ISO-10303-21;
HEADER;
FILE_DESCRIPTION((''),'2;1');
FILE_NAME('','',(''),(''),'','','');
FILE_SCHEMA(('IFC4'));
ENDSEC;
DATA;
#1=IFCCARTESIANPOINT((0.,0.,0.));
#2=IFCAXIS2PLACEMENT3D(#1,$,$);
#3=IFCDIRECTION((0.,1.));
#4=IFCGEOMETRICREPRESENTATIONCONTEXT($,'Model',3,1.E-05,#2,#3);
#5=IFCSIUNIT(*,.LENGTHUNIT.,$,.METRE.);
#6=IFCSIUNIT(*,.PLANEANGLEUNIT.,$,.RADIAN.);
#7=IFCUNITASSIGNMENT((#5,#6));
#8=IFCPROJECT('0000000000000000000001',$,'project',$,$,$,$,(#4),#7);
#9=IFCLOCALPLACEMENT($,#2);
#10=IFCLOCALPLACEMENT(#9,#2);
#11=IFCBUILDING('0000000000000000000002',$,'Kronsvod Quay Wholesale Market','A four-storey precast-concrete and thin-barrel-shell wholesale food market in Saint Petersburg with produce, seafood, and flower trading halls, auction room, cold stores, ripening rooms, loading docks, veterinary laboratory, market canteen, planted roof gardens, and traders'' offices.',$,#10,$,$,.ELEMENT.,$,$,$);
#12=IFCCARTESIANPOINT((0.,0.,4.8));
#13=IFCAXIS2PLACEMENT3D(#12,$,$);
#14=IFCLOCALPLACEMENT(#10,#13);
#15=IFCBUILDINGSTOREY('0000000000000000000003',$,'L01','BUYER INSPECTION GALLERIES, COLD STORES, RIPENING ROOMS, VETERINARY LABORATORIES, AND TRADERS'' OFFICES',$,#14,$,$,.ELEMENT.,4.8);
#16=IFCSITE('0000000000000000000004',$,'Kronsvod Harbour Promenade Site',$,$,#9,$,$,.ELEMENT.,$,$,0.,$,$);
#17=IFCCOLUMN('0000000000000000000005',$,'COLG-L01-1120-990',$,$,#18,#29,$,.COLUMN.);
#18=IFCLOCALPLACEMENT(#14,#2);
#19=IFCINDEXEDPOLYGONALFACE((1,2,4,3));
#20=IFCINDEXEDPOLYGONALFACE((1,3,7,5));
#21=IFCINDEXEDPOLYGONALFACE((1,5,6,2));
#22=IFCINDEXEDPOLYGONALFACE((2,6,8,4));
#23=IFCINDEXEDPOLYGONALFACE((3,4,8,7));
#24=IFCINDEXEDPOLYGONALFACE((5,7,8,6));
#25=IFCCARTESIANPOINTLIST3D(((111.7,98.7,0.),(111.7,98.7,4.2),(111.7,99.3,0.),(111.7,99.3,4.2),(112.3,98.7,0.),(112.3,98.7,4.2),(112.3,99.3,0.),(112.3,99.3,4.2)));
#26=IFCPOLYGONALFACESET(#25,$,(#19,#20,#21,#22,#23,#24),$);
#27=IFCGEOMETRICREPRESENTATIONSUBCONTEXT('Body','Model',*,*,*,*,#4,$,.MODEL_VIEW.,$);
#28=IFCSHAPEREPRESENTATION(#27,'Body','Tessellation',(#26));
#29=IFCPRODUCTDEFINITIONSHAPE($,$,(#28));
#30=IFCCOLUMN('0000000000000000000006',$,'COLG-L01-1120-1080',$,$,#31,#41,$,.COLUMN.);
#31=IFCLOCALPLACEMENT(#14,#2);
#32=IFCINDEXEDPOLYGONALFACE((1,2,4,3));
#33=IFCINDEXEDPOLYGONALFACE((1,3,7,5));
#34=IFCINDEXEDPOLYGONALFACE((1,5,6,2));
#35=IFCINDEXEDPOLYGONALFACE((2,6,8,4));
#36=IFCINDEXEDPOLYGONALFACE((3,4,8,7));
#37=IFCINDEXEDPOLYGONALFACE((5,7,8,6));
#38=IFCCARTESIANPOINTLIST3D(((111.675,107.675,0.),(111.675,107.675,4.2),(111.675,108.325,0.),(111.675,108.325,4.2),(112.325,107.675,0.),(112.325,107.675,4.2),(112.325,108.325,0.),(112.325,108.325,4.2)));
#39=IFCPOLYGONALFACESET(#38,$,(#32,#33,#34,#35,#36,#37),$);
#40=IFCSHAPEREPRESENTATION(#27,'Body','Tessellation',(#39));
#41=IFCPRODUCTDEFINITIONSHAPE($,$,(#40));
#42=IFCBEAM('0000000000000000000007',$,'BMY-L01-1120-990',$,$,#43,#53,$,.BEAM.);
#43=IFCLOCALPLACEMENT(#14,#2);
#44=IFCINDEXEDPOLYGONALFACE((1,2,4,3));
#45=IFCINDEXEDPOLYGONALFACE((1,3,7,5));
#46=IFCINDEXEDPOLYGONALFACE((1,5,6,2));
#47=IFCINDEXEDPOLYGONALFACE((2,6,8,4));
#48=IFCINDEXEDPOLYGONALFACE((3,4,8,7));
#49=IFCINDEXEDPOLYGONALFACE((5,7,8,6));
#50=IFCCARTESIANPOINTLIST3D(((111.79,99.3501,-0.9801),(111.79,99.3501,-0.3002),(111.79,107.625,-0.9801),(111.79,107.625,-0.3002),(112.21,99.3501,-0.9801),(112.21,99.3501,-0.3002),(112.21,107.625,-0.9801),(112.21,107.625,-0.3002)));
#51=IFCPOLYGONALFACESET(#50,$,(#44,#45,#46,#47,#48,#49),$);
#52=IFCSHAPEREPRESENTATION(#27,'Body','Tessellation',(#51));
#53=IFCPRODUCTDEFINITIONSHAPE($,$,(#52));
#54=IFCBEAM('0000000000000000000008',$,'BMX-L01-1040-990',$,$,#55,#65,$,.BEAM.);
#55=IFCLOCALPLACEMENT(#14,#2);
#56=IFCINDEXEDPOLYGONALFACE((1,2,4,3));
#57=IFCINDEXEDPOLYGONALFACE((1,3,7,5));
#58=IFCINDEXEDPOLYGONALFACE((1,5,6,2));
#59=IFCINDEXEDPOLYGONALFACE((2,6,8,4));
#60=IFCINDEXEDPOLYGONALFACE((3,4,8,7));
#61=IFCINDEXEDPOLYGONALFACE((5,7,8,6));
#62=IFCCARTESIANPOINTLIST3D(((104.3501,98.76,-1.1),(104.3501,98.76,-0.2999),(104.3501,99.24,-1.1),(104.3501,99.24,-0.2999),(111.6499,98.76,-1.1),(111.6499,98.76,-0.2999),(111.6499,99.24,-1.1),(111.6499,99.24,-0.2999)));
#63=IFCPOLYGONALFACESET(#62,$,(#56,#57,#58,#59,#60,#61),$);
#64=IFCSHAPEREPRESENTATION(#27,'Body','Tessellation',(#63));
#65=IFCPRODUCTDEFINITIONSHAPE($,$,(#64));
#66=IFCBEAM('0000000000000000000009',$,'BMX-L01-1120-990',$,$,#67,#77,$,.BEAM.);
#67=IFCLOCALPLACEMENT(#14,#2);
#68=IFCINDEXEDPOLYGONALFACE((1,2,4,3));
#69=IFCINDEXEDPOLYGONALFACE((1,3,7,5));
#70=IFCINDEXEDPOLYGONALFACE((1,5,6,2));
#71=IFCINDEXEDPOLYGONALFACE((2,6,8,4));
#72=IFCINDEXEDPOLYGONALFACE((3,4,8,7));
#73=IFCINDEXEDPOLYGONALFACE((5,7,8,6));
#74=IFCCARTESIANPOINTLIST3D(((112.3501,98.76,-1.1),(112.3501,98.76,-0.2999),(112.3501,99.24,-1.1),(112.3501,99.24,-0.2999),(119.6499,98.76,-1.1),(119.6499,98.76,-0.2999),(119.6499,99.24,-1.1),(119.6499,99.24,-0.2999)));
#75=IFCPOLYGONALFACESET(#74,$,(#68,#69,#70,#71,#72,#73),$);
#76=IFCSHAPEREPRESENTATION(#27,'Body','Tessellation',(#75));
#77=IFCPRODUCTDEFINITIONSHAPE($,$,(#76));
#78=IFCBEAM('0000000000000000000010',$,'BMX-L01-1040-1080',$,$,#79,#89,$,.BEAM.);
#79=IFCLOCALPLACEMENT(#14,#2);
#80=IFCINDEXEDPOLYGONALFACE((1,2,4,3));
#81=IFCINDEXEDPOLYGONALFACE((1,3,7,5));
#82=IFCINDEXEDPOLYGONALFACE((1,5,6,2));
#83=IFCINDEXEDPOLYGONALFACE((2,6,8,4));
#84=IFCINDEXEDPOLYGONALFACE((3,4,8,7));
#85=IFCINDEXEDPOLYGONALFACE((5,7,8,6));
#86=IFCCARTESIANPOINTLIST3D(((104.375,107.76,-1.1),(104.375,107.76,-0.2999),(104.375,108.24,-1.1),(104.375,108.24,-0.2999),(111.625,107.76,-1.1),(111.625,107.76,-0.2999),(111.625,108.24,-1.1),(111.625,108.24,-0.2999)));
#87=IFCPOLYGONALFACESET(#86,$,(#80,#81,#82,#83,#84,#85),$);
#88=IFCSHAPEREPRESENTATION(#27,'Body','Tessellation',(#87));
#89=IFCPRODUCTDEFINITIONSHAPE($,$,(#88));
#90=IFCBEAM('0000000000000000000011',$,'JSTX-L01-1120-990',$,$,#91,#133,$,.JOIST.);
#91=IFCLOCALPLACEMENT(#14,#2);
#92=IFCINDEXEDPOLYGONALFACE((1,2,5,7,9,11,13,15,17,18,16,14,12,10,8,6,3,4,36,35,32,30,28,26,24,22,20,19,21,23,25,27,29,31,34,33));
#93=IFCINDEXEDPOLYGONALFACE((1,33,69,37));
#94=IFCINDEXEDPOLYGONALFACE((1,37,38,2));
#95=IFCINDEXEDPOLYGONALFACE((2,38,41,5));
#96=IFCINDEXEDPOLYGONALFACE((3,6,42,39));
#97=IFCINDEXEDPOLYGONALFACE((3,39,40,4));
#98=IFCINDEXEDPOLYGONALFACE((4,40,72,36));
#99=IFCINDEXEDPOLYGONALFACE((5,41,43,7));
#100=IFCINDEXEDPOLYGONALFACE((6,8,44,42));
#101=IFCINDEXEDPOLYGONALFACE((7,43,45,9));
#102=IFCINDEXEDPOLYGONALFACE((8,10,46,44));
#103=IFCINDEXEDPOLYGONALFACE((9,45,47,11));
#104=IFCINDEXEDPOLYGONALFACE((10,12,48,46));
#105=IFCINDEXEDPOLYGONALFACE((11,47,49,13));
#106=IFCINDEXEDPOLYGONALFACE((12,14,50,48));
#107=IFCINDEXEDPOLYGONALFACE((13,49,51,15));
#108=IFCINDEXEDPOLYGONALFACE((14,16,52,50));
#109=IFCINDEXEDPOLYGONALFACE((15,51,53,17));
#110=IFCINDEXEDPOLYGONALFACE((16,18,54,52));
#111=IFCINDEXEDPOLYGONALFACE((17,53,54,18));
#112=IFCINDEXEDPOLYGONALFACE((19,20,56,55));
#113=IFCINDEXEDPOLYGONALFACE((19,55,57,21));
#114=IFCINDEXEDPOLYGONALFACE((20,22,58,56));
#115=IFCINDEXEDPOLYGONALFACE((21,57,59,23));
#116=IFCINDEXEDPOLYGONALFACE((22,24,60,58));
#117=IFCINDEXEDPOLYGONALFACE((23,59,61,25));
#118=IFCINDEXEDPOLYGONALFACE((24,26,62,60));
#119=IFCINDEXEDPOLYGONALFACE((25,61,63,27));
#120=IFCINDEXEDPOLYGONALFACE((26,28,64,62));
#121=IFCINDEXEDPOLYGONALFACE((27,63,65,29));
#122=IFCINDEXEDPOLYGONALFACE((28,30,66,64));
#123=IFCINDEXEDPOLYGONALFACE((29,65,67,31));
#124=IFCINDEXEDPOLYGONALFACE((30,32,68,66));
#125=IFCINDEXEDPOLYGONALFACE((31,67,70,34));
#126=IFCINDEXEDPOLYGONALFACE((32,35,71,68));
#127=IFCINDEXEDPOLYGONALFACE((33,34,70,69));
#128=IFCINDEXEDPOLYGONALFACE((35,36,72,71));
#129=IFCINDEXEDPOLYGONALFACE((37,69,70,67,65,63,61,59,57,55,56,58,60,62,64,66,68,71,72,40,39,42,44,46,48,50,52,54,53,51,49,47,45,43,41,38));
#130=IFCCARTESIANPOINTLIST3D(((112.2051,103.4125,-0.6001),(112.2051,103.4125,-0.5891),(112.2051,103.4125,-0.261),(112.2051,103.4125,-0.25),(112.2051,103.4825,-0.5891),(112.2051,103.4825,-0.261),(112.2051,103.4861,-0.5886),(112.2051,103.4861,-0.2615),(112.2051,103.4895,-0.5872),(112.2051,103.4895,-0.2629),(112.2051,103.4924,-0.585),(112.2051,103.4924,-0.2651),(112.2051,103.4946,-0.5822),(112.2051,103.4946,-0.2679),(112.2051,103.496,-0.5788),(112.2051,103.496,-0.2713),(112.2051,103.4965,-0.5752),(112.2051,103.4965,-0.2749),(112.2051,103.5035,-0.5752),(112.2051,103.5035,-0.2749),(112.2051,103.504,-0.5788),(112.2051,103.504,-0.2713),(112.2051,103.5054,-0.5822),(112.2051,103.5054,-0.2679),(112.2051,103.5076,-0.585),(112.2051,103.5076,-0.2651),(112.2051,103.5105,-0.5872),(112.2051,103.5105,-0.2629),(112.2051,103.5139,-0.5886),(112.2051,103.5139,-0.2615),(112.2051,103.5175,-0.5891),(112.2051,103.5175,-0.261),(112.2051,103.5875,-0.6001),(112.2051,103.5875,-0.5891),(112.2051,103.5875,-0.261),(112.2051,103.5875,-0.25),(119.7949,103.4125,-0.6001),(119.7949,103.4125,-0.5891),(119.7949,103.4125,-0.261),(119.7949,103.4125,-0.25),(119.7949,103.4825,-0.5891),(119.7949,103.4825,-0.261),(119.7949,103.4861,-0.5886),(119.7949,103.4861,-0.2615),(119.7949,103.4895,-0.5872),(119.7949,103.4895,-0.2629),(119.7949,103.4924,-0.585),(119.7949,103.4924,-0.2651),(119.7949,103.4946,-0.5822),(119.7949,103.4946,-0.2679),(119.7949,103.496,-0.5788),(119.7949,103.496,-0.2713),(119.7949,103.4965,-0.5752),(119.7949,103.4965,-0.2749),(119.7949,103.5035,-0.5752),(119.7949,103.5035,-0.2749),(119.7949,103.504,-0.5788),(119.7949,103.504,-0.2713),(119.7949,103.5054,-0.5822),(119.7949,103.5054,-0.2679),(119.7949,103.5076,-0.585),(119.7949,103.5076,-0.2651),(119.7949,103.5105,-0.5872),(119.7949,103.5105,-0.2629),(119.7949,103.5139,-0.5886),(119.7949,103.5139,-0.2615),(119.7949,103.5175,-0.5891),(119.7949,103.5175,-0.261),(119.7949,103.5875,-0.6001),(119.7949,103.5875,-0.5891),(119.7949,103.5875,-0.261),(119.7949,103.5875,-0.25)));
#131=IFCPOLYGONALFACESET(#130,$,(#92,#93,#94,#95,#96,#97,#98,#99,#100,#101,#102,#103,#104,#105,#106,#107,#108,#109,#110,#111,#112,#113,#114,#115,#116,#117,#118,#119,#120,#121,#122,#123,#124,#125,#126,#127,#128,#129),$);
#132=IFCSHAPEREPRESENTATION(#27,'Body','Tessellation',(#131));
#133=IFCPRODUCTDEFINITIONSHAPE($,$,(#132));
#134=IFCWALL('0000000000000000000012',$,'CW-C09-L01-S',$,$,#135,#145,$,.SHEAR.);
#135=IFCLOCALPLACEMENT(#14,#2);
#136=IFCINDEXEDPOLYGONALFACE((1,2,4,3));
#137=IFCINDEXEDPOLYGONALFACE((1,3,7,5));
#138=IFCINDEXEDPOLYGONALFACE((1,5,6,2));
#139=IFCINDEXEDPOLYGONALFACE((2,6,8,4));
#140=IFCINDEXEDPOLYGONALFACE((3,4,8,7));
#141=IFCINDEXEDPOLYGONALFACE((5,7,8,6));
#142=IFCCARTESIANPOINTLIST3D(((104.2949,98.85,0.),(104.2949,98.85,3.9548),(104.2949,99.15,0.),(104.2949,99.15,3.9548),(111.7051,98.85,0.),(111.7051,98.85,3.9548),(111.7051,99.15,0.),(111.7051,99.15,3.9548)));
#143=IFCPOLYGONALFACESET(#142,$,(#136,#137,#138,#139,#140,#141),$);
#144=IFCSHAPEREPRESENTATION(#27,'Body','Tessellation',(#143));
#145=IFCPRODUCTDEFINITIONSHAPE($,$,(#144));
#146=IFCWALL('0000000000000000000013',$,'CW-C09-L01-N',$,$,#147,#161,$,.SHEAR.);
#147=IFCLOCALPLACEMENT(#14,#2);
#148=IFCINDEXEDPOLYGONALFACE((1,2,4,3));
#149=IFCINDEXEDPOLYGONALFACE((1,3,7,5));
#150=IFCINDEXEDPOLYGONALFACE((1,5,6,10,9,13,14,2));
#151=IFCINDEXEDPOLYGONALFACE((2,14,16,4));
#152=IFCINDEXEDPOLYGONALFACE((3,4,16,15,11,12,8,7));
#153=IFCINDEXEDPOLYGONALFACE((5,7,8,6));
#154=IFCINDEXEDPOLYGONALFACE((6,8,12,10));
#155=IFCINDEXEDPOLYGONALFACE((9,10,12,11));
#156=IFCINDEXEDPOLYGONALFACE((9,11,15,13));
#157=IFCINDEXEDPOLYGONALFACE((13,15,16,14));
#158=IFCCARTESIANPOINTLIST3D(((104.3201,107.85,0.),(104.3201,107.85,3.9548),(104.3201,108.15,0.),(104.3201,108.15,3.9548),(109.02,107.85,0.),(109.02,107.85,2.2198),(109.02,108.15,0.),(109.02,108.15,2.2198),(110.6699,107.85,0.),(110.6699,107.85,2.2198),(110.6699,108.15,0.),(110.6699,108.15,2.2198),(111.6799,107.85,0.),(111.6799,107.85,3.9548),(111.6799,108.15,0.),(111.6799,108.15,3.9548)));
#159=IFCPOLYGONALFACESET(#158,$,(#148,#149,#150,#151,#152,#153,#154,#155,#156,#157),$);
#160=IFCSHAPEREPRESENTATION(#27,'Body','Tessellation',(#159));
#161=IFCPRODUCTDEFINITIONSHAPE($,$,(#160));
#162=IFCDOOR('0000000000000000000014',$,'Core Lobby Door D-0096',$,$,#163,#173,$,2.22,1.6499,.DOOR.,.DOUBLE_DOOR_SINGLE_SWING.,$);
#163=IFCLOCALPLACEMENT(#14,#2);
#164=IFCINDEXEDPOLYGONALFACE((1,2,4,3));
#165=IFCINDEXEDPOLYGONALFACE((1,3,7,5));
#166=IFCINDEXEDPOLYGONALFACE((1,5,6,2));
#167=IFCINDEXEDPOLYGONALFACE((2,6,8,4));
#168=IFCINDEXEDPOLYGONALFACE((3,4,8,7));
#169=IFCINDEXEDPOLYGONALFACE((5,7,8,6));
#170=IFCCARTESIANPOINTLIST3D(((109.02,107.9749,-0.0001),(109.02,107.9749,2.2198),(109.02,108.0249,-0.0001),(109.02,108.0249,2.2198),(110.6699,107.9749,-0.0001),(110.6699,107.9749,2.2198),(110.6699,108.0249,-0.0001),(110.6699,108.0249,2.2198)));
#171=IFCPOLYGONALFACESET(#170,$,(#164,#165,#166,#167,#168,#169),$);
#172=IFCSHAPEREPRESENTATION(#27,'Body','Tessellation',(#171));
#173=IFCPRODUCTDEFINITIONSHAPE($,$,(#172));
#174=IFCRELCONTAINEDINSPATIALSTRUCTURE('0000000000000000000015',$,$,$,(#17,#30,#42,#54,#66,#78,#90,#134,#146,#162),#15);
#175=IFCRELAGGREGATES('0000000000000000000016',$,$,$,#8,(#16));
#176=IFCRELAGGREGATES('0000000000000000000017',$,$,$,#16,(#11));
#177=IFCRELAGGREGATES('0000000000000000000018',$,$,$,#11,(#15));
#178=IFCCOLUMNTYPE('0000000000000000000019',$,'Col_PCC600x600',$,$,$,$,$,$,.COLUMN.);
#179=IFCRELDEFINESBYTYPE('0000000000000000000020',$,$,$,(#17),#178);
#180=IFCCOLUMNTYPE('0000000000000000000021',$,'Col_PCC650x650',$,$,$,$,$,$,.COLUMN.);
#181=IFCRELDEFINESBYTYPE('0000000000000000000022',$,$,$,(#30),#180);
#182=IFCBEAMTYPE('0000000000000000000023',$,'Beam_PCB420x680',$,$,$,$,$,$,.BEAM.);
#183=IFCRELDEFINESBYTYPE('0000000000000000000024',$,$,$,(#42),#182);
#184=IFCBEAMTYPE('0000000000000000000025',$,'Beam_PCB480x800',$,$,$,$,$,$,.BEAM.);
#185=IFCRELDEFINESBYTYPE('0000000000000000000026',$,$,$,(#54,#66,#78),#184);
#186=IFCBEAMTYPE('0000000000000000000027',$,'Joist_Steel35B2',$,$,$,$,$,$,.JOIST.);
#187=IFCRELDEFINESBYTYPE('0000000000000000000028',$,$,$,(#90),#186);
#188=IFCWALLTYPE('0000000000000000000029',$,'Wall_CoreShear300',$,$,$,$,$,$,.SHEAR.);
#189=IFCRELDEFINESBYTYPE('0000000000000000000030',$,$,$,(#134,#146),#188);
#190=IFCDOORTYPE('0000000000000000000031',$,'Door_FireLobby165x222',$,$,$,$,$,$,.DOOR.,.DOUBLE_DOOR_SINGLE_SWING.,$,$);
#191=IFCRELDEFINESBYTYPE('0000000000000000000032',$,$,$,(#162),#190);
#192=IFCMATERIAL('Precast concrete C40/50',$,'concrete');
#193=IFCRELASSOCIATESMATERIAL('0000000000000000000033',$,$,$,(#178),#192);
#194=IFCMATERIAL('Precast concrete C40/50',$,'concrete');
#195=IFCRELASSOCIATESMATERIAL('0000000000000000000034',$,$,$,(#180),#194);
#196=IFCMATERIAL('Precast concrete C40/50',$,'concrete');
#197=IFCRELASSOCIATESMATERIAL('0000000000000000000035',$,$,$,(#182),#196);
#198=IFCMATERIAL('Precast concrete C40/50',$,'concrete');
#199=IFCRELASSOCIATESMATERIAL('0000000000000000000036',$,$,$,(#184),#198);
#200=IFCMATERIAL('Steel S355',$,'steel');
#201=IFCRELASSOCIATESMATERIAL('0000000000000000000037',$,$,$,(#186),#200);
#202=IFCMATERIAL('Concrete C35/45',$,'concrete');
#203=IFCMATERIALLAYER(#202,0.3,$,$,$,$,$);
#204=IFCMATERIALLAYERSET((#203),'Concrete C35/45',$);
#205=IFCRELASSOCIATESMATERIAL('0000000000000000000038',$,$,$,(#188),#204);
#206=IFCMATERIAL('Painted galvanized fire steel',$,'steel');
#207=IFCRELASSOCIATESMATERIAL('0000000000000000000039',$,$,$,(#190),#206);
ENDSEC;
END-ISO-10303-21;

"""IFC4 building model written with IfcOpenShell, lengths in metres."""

from ifc_helpers import new_model, si_unit, direction, frame, frame_2d, origin, origin_2d, place, context, subcontext, project, spatial, rectangle, i_section, extrude, material, layer, layer_set, material_profile, profile_set, type_object, element, fill, save


model = new_model("IFC4")

# Units and contexts
model_context = context("Model", 3, precision=1e-05, world=origin(), true_north=direction((0.0, 1.0)))
body_context = subcontext(model_context, "Body", "Model", "MODEL_VIEW")
ifc_project = project(units=[si_unit("LENGTHUNIT", "METRE"), si_unit("PLANEANGLEUNIT", "RADIAN")], contexts=[model_context])

# Site, building, storey
site_placement = place(None, origin())
site = spatial("IfcSite", under=ifc_project, at=site_placement, Name="Kronsvod Harbour Promenade Site", CompositionType="ELEMENT", RefElevation=0.0)
building_placement = place(site_placement, origin())
building = spatial("IfcBuilding", under=site, at=building_placement, Name="Kronsvod Quay Wholesale Market", Description="A four-storey precast-concrete and thin-barrel-shell wholesale food market in Saint Petersburg with produce, seafood, and flower trading halls, auction room, cold stores, ripening rooms, loading docks, veterinary laboratory, market canteen, planted roof gardens, and traders' offices.", CompositionType="ELEMENT")
storey_placement = place(building_placement, frame((0.0, 0.0, 4.8)))
storey = spatial("IfcBuildingStorey", under=building, at=storey_placement, Name="L01", Description="BUYER INSPECTION GALLERIES, COLD STORES, RIPENING ROOMS, VETERINARY LABORATORIES, AND TRADERS' OFFICES", CompositionType="ELEMENT", Elevation=4.8)

# Columns
ifc_material_1 = material(Name="Precast concrete C40/50", Category="concrete")
ifc_material_profile_1 = material_profile(ifc_material_1, rectangle(XDim=0.6001, YDim=0.6001, at=origin_2d()), Name="PCC600x600")
ifc_profile_set_1 = profile_set([ifc_material_profile_1], Name="Precast concrete C40/50")
column_type_1 = type_object("IfcColumnType", Name="Col_PCC600x600", PredefinedType="COLUMN", material=ifc_profile_set_1)
column_1_placement = place(storey_placement, frame((112.0, 99.0, 0.0), z_axis=(0.0, 0.0, 1.0), x_axis=(1.0, 0.0, 0.0)))
element("IfcColumn", 1, at=column_1_placement, inside=storey, type_object=column_type_1, Name="COLG-L01-1120-990", PredefinedType="COLUMN", context=body_context, shape_type="SweptSolid", body=[
    extrude(rectangle(XDim=0.6001, YDim=0.6001, at=origin_2d()), origin(), (0.0, 0.0, 1.0), 4.2),
])
ifc_material_2 = material(Name="Precast concrete C40/50", Category="concrete")
ifc_material_profile_2 = material_profile(ifc_material_2, rectangle(XDim=0.6499, YDim=0.6499, at=origin_2d()), Name="COL-08")
ifc_profile_set_2 = profile_set([ifc_material_profile_2], Name="Precast concrete C40/50")
column_type_2 = type_object("IfcColumnType", Name="Col_PCC650x650", PredefinedType="COLUMN", material=ifc_profile_set_2)
column_2_placement = place(storey_placement, frame((112.0, 108.0, 0.0), z_axis=(0.0, 0.0, 1.0), x_axis=(1.0, 0.0, 0.0)))
element("IfcColumn", 2, at=column_2_placement, inside=storey, type_object=column_type_2, Name="COLG-L01-1120-1080", PredefinedType="COLUMN", context=body_context, shape_type="SweptSolid", body=[
    extrude(rectangle(XDim=0.6499, YDim=0.6499, at=origin_2d()), origin(), (0.0, 0.0, 1.0), 4.2),
])

# Beams
ifc_material_3 = material(Name="Precast concrete C40/50", Category="concrete")
ifc_material_profile_3 = material_profile(ifc_material_3, rectangle(XDim=0.4199, YDim=0.6799, at=origin_2d()), Name="PB-05")
ifc_profile_set_3 = profile_set([ifc_material_profile_3], Name="Precast concrete C40/50")
beam_type_1 = type_object("IfcBeamType", Name="Beam_PCB420x680", PredefinedType="BEAM", material=ifc_profile_set_3)
beam_1_placement = place(storey_placement, frame((112.0, 99.3501, -0.6401), z_axis=(0.0, 1.0, 0.0), x_axis=(-1.0, 0.0, 0.0)))
element("IfcBeam", 3, at=beam_1_placement, inside=storey, type_object=beam_type_1, Name="BMY-L01-1120-990", PredefinedType="BEAM", context=body_context, shape_type="SweptSolid", body=[
    extrude(rectangle(XDim=0.4199, YDim=0.6799, at=origin_2d()), origin(), (0.0, 0.0, 1.0), 8.2749),
])
ifc_material_4 = material(Name="Precast concrete C40/50", Category="concrete")
ifc_material_profile_4 = material_profile(ifc_material_4, rectangle(XDim=0.48, YDim=0.8, at=origin_2d()), Name="PB-04")
ifc_profile_set_4 = profile_set([ifc_material_profile_4], Name="Precast concrete C40/50")
beam_type_2 = type_object("IfcBeamType", Name="Beam_PCB480x800", PredefinedType="BEAM", material=ifc_profile_set_4)
for number, where, z_axis, x_axis, name in (
    (4, (104.3501, 99.0, -0.7), (1.0, 0.0, 0.0), (0.0, 1.0, 0.0), "BMX-L01-1040-990"),
    (5, (112.3501, 99.0, -0.7), (1.0, 0.0, 0.0), (0.0, 1.0, 0.0), "BMX-L01-1120-990"),
):
    element("IfcBeam", number, at=place(storey_placement, frame(where, z_axis=z_axis, x_axis=x_axis)), inside=storey, type_object=beam_type_2, Name=name, PredefinedType="BEAM", context=body_context, shape_type="SweptSolid", body=[
        extrude(rectangle(XDim=0.48, YDim=0.8, at=origin_2d()), origin(), (0.0, 0.0, 1.0), 7.2998),
    ])
beam_2_placement = place(storey_placement, frame((104.375, 108.0, -0.7), z_axis=(1.0, 0.0, 0.0), x_axis=(0.0, 1.0, 0.0)))
element("IfcBeam", 6, at=beam_2_placement, inside=storey, type_object=beam_type_2, Name="BMX-L01-1040-1080", PredefinedType="BEAM", context=body_context, shape_type="SweptSolid", body=[
    extrude(rectangle(XDim=0.48, YDim=0.8, at=origin_2d()), origin(), (0.0, 0.0, 1.0), 7.25),
])
ifc_material_5 = material(Name="Steel S355", Category="steel")
ifc_material_profile_5 = material_profile(ifc_material_5, i_section(OverallWidth=0.175, OverallDepth=0.3501, WebThickness=0.0071, FlangeThickness=0.011, FilletRadius=0.0139, at=origin_2d()), Name="35B2")
ifc_profile_set_5 = profile_set([ifc_material_profile_5], Name="Steel S355")
beam_type_3 = type_object("IfcBeamType", Name="Joist_Steel35B2", PredefinedType="JOIST", material=ifc_profile_set_5)
beam_3_placement = place(storey_placement, frame((112.2051, 103.5, -0.425), z_axis=(1.0, 0.0, 0.0), x_axis=(0.0, 1.0, 0.0)))
element("IfcBeam", 7, at=beam_3_placement, inside=storey, type_object=beam_type_3, Name="JSTX-L01-1120-990", PredefinedType="JOIST", context=body_context, shape_type="SweptSolid", body=[
    extrude(i_section(OverallWidth=0.175, OverallDepth=0.3501, WebThickness=0.0071, FlangeThickness=0.011, FilletRadius=0.0139, at=origin_2d()), origin(), (0.0, 0.0, 1.0), 7.5898),
])

# Wall
ifc_material_6 = material(Name="Concrete C35/45", Category="concrete")
ifc_layer_1 = layer(ifc_material_6, 0.3)
ifc_layer_set_1 = layer_set([ifc_layer_1], Name="Concrete C35/45")
wall_type_1 = type_object("IfcWallType", Name="Wall_CoreShear300", PredefinedType="SHEAR", material=ifc_layer_set_1)
wall_1_placement = place(storey_placement, frame((104.2949, 99.0, 0.0), z_axis=(0.0, 0.0, 1.0), x_axis=(1.0, 0.0, 0.0)))
element("IfcWall", 8, at=wall_1_placement, inside=storey, type_object=wall_type_1, Name="CW-C09-L01-S", PredefinedType="SHEAR", context=body_context, shape_type="SweptSolid", body=[
    extrude(rectangle(XDim=7.4102, YDim=0.3, at=frame_2d((3.7051, 0.0))), origin(), (0.0, 0.0, 1.0), 3.9548),
])

# Wall, opening, door
wall_2_placement = place(storey_placement, frame((104.3201, 108.0, 0.0), z_axis=(0.0, 0.0, 1.0), x_axis=(1.0, 0.0, 0.0)))
wall_2 = element("IfcWall", 9, at=wall_2_placement, inside=storey, type_object=wall_type_1, Name="CW-C09-L01-N", PredefinedType="SHEAR", context=body_context, shape_type="SweptSolid", body=[
    extrude(rectangle(XDim=7.3599, YDim=0.3, at=frame_2d((3.6799, 0.0))), origin(), (0.0, 0.0, 1.0), 3.9548),
])
opening_1_placement = place(wall_2_placement, frame((4.7, 0.0, 0.0)))
opening_1 = element("IfcOpeningElement", 10, at=opening_1_placement, cuts=wall_2, PredefinedType="OPENING", context=body_context, shape_type="SweptSolid", body=[
    extrude(rectangle(XDim=1.6499, YDim=2.22, at=frame_2d((0.825, 1.1099))), frame((0.0, 0.1602, 0.0), z_axis=(0.0, -1.0, 0.0), x_axis=(1.0, 0.0, 0.0)), (0.0, 0.0, 1.0), 0.3201),
])
ifc_material_7 = material(Name="Painted galvanized fire steel", Category="steel")
door_type_1 = type_object("IfcDoorType", Name="Door_FireLobby165x222", OperationType="DOUBLE_DOOR_SINGLE_SWING", PredefinedType="DOOR", material=ifc_material_7)
door_1_placement = place(opening_1_placement, origin())
door_1 = element("IfcDoor", 11, at=door_1_placement, inside=storey, type_object=door_type_1, Name="Core Lobby Door D-0096", OperationType="DOUBLE_DOOR_SINGLE_SWING", OverallHeight=2.22, OverallWidth=1.6499, PredefinedType="DOOR", context=body_context, shape_type="SweptSolid", body=[
    extrude(rectangle(XDim=1.6499, YDim=2.22, at=frame_2d((0.825, 1.1099))), frame((0.0, 0.0249, 0.0), z_axis=(0.0, -1.0, 0.0), x_axis=(1.0, 0.0, 0.0)), (0.0, 0.0, 1.0), 0.05),
])
fill(opening_1, door_1)

save(model, "model.ifc")
